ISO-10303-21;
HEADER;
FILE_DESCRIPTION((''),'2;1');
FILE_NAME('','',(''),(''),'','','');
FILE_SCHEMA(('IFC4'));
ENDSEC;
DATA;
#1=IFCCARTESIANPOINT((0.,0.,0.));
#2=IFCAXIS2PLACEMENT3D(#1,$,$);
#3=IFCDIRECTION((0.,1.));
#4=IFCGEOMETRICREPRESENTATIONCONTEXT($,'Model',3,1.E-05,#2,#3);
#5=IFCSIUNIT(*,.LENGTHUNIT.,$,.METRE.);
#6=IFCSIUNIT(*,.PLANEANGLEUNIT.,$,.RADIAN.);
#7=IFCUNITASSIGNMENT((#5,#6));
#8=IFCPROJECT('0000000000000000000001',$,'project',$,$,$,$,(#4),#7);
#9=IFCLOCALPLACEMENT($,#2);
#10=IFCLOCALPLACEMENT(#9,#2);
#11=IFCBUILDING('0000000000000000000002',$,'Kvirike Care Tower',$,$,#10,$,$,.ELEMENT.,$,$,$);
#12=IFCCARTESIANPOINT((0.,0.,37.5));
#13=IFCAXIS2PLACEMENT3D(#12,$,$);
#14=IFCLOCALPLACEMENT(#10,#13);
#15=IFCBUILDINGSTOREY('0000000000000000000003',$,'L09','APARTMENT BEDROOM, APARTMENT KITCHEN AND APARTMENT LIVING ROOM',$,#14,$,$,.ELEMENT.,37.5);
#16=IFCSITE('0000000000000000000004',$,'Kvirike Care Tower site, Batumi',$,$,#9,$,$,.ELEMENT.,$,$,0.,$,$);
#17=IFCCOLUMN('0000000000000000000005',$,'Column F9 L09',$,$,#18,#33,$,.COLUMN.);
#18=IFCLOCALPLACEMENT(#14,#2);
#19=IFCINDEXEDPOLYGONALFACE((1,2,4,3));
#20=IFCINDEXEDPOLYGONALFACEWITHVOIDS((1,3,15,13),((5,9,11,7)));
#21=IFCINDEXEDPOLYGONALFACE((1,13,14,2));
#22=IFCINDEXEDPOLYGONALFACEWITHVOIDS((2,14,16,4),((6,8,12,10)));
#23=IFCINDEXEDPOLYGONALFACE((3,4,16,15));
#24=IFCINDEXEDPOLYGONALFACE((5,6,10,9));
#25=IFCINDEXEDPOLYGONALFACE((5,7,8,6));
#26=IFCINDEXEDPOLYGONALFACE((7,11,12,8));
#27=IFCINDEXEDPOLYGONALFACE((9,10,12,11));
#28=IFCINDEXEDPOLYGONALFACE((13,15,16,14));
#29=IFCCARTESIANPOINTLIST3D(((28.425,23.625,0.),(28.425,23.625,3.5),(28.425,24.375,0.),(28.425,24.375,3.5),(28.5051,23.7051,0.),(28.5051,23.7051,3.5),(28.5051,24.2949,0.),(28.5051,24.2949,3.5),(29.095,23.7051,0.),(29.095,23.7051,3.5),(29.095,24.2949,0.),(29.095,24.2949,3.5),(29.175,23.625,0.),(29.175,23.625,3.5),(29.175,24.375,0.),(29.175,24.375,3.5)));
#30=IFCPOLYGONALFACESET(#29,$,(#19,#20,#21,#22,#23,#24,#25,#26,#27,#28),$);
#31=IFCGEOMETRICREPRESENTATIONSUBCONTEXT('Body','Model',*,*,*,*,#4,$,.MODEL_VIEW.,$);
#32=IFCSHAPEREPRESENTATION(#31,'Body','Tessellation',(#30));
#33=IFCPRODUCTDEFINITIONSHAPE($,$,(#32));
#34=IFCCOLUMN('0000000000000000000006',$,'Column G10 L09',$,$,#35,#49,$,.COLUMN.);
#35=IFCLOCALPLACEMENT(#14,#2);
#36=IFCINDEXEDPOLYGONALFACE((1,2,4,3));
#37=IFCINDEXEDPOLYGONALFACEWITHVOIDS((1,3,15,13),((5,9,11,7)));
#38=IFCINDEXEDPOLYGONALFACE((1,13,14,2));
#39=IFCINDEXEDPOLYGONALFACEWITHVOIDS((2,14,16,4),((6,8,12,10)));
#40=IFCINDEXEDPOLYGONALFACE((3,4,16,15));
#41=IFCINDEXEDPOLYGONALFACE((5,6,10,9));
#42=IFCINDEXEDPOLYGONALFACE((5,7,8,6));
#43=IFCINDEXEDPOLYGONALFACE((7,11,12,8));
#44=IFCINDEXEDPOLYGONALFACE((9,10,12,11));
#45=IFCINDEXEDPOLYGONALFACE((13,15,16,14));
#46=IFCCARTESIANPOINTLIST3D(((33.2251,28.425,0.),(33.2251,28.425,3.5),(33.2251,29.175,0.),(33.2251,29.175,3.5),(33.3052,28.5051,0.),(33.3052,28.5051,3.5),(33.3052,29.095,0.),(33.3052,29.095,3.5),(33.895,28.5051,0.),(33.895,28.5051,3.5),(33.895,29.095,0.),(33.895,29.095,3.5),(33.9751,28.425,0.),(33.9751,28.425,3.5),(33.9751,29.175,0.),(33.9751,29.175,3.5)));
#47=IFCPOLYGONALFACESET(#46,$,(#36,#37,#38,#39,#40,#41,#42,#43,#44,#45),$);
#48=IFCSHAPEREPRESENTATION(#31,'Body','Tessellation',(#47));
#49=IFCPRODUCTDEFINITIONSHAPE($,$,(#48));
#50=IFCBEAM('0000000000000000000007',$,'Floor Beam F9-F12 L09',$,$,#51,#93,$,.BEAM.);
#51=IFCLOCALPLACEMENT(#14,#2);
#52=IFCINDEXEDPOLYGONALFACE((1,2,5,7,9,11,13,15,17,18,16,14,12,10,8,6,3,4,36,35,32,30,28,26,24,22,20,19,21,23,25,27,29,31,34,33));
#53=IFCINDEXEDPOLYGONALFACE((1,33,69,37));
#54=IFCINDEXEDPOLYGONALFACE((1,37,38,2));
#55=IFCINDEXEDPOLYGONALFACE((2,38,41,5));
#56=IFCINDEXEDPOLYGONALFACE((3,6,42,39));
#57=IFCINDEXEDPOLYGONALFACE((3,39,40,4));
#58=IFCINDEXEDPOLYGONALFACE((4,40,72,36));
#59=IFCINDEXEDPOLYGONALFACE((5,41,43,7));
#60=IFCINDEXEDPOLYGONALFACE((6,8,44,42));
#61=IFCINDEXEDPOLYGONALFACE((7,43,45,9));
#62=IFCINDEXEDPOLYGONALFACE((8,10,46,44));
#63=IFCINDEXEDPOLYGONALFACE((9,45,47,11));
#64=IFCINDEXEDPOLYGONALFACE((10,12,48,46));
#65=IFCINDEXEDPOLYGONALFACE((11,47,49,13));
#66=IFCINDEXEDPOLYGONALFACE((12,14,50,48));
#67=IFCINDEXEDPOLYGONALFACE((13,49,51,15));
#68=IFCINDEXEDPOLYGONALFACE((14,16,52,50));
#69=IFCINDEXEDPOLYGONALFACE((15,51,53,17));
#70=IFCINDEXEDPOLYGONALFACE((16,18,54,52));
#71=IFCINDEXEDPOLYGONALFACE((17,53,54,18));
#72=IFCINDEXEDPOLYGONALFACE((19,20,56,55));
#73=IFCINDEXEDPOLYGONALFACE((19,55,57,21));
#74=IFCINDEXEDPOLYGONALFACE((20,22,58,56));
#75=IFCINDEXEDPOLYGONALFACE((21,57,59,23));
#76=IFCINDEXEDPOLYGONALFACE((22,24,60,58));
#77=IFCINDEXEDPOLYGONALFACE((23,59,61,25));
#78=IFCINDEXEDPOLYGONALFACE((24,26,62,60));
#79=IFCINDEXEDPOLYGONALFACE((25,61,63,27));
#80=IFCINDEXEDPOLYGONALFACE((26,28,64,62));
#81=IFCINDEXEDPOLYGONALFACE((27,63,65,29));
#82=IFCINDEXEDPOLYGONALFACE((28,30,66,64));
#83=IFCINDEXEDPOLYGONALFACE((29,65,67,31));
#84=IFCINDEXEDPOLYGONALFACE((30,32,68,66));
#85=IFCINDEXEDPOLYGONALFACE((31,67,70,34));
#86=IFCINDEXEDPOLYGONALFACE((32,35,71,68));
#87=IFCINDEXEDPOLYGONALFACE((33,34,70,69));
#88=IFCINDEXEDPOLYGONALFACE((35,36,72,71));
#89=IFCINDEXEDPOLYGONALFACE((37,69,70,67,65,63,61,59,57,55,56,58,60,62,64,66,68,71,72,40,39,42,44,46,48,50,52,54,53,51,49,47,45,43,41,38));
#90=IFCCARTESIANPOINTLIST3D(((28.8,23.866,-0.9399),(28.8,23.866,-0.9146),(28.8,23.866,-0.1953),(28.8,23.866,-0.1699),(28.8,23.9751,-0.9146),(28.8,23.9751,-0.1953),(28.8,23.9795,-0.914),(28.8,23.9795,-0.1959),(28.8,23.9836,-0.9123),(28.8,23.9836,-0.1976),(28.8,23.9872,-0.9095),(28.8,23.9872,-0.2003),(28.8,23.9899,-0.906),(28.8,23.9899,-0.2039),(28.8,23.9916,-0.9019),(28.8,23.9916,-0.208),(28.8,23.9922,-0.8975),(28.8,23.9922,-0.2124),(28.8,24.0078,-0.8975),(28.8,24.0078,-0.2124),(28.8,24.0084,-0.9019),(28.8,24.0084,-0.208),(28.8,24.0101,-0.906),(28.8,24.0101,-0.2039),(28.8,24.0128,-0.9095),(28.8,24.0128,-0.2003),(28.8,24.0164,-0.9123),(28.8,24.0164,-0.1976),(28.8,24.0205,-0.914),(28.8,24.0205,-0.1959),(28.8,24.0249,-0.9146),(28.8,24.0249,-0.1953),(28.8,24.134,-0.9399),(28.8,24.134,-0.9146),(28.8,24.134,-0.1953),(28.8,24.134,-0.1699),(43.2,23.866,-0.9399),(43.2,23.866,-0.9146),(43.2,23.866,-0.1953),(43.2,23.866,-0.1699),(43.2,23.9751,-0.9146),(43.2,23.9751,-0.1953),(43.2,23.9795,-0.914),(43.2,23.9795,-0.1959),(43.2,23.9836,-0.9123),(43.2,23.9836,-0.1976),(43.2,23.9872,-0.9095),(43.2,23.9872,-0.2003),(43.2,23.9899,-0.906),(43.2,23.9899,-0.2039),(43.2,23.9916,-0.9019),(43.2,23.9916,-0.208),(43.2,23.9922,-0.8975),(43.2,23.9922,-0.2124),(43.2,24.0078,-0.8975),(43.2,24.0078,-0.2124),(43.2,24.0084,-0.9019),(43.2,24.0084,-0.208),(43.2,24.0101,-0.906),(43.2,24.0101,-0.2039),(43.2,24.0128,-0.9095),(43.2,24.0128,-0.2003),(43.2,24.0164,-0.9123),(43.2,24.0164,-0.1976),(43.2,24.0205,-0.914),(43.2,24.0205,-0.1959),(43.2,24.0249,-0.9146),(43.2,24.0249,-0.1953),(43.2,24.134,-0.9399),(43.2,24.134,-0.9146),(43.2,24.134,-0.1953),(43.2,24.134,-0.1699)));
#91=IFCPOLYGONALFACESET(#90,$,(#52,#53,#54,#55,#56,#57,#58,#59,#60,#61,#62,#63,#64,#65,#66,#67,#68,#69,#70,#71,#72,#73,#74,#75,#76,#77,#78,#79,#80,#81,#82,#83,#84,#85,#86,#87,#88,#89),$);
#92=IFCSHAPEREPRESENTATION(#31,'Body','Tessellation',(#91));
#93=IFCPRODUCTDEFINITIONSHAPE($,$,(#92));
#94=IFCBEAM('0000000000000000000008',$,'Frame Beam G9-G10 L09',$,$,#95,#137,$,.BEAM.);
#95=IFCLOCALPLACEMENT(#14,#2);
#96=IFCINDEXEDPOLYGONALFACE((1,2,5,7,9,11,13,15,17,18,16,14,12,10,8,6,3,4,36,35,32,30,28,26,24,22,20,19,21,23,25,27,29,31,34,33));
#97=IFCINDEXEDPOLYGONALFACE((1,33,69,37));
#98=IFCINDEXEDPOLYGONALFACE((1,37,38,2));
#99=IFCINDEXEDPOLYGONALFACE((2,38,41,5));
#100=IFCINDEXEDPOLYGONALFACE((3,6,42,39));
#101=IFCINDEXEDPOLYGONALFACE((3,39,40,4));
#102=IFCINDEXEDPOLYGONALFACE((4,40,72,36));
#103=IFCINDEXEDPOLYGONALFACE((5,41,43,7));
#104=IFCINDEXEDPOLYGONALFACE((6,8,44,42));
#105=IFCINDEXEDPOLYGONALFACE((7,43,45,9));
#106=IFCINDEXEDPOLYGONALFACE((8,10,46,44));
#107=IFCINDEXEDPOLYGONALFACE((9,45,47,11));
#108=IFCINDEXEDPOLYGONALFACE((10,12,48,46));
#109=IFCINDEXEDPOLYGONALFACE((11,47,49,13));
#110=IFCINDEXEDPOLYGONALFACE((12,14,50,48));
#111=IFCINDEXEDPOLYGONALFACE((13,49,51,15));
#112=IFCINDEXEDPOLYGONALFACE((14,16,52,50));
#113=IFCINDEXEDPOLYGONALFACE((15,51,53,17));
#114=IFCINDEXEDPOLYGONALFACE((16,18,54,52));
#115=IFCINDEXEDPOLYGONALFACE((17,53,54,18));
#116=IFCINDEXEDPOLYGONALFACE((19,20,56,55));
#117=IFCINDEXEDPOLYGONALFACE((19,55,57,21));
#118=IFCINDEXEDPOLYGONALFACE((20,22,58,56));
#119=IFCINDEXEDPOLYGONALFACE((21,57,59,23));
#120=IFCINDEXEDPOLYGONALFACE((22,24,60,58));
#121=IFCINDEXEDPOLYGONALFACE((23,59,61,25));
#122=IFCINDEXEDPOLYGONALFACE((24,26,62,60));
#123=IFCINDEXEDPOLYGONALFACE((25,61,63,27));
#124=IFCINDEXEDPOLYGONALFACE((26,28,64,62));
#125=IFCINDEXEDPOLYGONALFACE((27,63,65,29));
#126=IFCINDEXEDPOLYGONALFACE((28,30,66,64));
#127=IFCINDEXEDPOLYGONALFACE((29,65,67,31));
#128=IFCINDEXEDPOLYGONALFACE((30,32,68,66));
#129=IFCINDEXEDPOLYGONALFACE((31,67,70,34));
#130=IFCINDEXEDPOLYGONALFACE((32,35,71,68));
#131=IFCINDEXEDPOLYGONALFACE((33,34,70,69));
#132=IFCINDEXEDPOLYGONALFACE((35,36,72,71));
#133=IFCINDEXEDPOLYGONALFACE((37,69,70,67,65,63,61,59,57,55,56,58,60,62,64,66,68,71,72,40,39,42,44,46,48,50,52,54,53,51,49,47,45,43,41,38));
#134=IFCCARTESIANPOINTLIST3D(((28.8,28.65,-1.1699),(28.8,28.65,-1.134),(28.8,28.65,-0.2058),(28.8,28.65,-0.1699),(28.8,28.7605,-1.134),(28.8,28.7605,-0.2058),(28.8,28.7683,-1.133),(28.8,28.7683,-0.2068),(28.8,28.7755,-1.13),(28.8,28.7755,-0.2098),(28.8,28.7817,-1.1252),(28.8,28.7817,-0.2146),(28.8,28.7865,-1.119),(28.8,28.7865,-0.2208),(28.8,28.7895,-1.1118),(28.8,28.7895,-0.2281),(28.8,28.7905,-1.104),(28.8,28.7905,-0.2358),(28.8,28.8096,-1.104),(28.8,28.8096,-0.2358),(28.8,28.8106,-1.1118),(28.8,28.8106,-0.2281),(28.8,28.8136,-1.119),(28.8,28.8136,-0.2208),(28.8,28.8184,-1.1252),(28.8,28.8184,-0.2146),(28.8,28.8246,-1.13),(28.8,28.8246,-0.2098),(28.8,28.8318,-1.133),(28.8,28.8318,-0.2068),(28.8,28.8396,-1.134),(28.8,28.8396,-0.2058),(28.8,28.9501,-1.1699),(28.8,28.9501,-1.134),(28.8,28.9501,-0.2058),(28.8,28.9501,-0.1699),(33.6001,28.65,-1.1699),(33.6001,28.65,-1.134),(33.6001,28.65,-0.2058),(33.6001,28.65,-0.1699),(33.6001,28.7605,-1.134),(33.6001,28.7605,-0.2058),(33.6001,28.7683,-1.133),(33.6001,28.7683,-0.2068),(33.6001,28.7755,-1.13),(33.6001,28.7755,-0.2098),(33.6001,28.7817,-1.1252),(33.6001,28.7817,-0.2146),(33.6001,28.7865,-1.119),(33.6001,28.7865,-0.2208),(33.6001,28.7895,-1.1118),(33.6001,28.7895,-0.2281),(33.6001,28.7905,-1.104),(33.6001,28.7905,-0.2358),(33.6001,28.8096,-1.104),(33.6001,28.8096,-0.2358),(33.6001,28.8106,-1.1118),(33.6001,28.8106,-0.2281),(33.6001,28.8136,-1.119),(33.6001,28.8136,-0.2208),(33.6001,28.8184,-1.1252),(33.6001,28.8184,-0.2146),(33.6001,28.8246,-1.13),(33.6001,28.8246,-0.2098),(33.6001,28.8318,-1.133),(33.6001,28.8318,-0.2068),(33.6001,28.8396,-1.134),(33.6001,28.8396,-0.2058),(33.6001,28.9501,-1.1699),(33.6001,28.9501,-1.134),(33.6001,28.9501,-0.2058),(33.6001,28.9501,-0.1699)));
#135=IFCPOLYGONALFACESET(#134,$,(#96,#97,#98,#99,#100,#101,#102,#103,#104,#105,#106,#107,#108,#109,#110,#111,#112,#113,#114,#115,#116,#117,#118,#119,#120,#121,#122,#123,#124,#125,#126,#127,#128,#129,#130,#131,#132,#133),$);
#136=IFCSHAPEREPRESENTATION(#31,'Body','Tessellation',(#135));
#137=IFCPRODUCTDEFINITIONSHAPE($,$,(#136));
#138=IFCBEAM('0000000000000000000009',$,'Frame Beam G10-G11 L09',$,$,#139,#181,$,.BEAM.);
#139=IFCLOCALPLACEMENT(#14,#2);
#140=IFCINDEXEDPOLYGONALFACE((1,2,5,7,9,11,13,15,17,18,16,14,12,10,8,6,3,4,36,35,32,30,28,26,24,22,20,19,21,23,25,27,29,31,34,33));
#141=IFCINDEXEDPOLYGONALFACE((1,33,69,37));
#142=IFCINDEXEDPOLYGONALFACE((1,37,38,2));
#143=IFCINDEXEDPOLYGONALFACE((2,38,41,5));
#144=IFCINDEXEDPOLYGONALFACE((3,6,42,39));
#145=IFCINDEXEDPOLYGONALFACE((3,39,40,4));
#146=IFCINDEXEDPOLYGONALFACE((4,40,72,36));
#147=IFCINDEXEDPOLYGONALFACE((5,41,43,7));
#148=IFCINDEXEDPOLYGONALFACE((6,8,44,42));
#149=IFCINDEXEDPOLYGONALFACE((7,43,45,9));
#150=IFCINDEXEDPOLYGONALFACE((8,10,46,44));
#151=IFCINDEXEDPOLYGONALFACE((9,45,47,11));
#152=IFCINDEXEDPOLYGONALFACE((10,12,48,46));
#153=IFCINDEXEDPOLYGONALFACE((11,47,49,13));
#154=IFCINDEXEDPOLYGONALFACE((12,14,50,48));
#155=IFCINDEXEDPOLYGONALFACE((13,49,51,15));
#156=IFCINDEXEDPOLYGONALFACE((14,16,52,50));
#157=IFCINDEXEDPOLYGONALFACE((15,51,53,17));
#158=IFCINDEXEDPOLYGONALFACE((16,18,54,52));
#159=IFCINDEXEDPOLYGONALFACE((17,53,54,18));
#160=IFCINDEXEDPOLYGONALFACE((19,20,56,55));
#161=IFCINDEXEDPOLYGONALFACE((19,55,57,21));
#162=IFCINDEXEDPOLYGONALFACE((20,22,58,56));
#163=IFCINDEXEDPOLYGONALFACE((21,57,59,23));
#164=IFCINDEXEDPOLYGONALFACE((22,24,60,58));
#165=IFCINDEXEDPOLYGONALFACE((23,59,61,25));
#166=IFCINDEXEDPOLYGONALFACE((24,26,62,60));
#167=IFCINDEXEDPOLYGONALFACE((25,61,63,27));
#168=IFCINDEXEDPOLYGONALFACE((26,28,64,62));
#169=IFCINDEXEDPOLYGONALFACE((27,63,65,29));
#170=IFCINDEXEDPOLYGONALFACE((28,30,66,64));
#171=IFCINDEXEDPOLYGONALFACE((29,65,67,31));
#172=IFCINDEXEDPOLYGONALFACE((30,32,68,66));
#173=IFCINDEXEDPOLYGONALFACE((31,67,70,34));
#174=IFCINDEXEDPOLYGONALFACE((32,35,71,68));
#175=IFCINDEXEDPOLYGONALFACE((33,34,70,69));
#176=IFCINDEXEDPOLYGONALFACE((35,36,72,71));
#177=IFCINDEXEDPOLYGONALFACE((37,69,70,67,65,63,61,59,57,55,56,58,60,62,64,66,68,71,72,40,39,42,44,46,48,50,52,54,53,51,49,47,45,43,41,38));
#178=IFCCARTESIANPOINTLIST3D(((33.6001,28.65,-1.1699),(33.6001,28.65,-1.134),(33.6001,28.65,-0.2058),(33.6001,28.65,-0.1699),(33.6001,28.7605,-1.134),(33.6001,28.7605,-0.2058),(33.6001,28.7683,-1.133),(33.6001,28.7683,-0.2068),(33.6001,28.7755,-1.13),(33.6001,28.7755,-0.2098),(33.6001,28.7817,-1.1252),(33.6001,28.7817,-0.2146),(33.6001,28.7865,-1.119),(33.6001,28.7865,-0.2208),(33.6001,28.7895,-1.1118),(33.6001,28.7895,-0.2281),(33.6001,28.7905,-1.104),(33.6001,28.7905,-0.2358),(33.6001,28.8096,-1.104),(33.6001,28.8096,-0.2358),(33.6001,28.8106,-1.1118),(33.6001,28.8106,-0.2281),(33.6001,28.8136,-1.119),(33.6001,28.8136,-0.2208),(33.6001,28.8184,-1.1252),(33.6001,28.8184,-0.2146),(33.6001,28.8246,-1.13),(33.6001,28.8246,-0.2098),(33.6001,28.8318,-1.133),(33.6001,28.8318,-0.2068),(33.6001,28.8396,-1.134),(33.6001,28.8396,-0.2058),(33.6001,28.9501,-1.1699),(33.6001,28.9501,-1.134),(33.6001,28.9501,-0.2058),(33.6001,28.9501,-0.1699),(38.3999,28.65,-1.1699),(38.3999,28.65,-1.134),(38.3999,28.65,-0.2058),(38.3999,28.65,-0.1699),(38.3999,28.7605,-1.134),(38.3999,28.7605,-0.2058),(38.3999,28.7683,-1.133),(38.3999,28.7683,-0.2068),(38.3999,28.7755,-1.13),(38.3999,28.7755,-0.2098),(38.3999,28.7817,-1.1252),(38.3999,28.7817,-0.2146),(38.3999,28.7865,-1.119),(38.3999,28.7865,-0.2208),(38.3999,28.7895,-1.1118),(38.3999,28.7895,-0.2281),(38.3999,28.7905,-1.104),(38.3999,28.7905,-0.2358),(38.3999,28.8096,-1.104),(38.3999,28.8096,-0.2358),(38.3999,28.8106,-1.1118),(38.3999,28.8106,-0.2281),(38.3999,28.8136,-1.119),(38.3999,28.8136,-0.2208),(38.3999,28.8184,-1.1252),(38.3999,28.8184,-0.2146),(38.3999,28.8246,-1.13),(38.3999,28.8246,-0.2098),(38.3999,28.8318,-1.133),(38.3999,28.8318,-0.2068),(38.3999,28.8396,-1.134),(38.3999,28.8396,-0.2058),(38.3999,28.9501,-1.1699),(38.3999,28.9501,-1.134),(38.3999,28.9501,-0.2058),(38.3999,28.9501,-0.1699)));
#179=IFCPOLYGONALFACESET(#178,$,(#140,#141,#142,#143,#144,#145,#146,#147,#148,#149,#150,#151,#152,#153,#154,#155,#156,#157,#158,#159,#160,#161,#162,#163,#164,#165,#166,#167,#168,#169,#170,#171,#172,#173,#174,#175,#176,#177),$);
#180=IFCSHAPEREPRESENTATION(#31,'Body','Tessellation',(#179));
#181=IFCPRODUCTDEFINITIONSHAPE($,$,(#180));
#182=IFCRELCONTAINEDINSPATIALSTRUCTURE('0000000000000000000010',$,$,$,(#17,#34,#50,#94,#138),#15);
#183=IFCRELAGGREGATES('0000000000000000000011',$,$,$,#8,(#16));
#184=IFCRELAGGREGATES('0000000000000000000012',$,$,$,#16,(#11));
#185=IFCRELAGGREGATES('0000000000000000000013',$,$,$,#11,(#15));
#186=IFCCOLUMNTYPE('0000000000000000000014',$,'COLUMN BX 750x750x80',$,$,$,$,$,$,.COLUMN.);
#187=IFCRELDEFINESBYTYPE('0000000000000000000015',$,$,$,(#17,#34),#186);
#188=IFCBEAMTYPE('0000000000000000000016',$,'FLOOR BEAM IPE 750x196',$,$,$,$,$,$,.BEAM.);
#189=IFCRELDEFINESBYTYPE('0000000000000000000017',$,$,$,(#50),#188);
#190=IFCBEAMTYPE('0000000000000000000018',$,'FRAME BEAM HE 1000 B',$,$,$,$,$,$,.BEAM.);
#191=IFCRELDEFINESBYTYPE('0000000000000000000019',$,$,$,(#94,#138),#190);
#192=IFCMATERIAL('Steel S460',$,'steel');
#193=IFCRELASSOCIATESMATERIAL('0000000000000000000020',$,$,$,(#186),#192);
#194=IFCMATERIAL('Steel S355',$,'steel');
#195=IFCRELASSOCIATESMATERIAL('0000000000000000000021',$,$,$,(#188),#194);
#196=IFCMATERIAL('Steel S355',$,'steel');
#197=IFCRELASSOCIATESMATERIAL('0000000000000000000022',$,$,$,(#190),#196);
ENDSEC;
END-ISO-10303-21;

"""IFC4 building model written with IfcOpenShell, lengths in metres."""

from ifc_helpers import new_model, si_unit, direction, frame, origin, origin_2d, place, context, subcontext, project, spatial, hollow_rectangle, i_section, extrude, material, material_profile, profile_set, type_object, element, save


model = new_model("IFC4")

# Units and contexts
model_context = context("Model", 3, precision=1e-05, world=origin(), true_north=direction((0.0, 1.0)))
body_context = subcontext(model_context, "Body", "Model", "MODEL_VIEW")
ifc_project = project(units=[si_unit("LENGTHUNIT", "METRE"), si_unit("PLANEANGLEUNIT", "RADIAN")], contexts=[model_context])

# Site, building, storey
site_placement = place(None, origin())
site = spatial("IfcSite", under=ifc_project, at=site_placement, Name="Kvirike Care Tower site, Batumi", CompositionType="ELEMENT", RefElevation=0.0)
building_placement = place(site_placement, origin())
building = spatial("IfcBuilding", under=site, at=building_placement, Name="Kvirike Care Tower", CompositionType="ELEMENT")
storey_placement = place(building_placement, frame((0.0, 0.0, 37.5)))
storey = spatial("IfcBuildingStorey", under=building, at=storey_placement, Name="L09", Description="APARTMENT BEDROOM, APARTMENT KITCHEN AND APARTMENT LIVING ROOM", CompositionType="ELEMENT", Elevation=37.5)

# Columns
ifc_material_1 = material(Name="Steel S460", Category="steel")
ifc_material_profile_1 = material_profile(ifc_material_1, hollow_rectangle(XDim=0.75, YDim=0.75, WallThickness=0.0801, at=origin_2d()), Name="BX 750x750x80")
ifc_profile_set_1 = profile_set([ifc_material_profile_1], Name="Steel S460")
column_type = type_object("IfcColumnType", Name="COLUMN BX 750x750x80", PredefinedType="COLUMN", material=ifc_profile_set_1)
for number, where, z_axis, x_axis, name in (
    (1, (28.8, 24.0, 0.0), (0.0, 0.0, 1.0), (1.0, 0.0, 0.0), "Column F9 L09"),
    (2, (33.6001, 28.8, 0.0), (0.0, 0.0, 1.0), (0.0, 1.0, 0.0), "Column G10 L09"),
):
    element("IfcColumn", number, at=place(storey_placement, frame(where, z_axis=z_axis, x_axis=x_axis)), inside=storey, type_object=column_type, Name=name, PredefinedType="COLUMN", context=body_context, shape_type="SweptSolid", body=[
        extrude(hollow_rectangle(XDim=0.75, YDim=0.75, WallThickness=0.0801, at=origin_2d()), origin(), (0.0, 0.0, 1.0), 3.5),
    ])

# Beams
ifc_material_2 = material(Name="Steel S355", Category="steel")
ifc_material_profile_2 = material_profile(ifc_material_2, i_section(OverallWidth=0.2681, OverallDepth=0.77, WebThickness=0.0156, FlangeThickness=0.0254, FilletRadius=0.0171, at=origin_2d()), Name="IPE 750x196")
ifc_profile_set_2 = profile_set([ifc_material_profile_2], Name="Steel S355")
beam_type_1 = type_object("IfcBeamType", Name="FLOOR BEAM IPE 750x196", PredefinedType="BEAM", material=ifc_profile_set_2)
beam_1_placement = place(storey_placement, frame((28.8, 24.0, -0.5549), z_axis=(1.0, 0.0, 0.0), x_axis=(0.0, 1.0, 0.0)))
element("IfcBeam", 3, at=beam_1_placement, inside=storey, type_object=beam_type_1, Name="Floor Beam F9-F12 L09", PredefinedType="BEAM", context=body_context, shape_type="SweptSolid", body=[
    extrude(i_section(OverallWidth=0.2681, OverallDepth=0.77, WebThickness=0.0156, FlangeThickness=0.0254, FilletRadius=0.0171, at=origin_2d()), origin(), (0.0, 0.0, 1.0), 14.3999),
])
ifc_material_3 = material(Name="Steel S355", Category="steel")
ifc_material_profile_3 = material_profile(ifc_material_3, i_section(OverallWidth=0.3, OverallDepth=1.0, WebThickness=0.019, FlangeThickness=0.0359, FilletRadius=0.03, at=origin_2d()), Name="HE 1000 B")
ifc_profile_set_3 = profile_set([ifc_material_profile_3], Name="Steel S355")
beam_type_2 = type_object("IfcBeamType", Name="FRAME BEAM HE 1000 B", PredefinedType="BEAM", material=ifc_profile_set_3)
beam_2_placement = place(storey_placement, frame((28.8, 28.8, -0.6699), z_axis=(1.0, 0.0, 0.0), x_axis=(0.0, 1.0, 0.0)))
element("IfcBeam", 4, at=beam_2_placement, inside=storey, type_object=beam_type_2, Name="Frame Beam G9-G10 L09", PredefinedType="BEAM", context=body_context, shape_type="SweptSolid", body=[
    extrude(i_section(OverallWidth=0.3, OverallDepth=1.0, WebThickness=0.019, FlangeThickness=0.0359, FilletRadius=0.03, at=origin_2d()), origin(), (0.0, 0.0, 1.0), 4.8),
])
beam_3_placement = place(storey_placement, frame((33.6001, 28.8, -0.6699), z_axis=(1.0, 0.0, 0.0), x_axis=(0.0, 1.0, 0.0)))
element("IfcBeam", 5, at=beam_3_placement, inside=storey, type_object=beam_type_2, Name="Frame Beam G10-G11 L09", PredefinedType="BEAM", context=body_context, shape_type="SweptSolid", body=[
    extrude(i_section(OverallWidth=0.3, OverallDepth=1.0, WebThickness=0.019, FlangeThickness=0.0359, FilletRadius=0.03, at=origin_2d()), origin(), (0.0, 0.0, 1.0), 4.7998),
])

save(model, "model.ifc")
